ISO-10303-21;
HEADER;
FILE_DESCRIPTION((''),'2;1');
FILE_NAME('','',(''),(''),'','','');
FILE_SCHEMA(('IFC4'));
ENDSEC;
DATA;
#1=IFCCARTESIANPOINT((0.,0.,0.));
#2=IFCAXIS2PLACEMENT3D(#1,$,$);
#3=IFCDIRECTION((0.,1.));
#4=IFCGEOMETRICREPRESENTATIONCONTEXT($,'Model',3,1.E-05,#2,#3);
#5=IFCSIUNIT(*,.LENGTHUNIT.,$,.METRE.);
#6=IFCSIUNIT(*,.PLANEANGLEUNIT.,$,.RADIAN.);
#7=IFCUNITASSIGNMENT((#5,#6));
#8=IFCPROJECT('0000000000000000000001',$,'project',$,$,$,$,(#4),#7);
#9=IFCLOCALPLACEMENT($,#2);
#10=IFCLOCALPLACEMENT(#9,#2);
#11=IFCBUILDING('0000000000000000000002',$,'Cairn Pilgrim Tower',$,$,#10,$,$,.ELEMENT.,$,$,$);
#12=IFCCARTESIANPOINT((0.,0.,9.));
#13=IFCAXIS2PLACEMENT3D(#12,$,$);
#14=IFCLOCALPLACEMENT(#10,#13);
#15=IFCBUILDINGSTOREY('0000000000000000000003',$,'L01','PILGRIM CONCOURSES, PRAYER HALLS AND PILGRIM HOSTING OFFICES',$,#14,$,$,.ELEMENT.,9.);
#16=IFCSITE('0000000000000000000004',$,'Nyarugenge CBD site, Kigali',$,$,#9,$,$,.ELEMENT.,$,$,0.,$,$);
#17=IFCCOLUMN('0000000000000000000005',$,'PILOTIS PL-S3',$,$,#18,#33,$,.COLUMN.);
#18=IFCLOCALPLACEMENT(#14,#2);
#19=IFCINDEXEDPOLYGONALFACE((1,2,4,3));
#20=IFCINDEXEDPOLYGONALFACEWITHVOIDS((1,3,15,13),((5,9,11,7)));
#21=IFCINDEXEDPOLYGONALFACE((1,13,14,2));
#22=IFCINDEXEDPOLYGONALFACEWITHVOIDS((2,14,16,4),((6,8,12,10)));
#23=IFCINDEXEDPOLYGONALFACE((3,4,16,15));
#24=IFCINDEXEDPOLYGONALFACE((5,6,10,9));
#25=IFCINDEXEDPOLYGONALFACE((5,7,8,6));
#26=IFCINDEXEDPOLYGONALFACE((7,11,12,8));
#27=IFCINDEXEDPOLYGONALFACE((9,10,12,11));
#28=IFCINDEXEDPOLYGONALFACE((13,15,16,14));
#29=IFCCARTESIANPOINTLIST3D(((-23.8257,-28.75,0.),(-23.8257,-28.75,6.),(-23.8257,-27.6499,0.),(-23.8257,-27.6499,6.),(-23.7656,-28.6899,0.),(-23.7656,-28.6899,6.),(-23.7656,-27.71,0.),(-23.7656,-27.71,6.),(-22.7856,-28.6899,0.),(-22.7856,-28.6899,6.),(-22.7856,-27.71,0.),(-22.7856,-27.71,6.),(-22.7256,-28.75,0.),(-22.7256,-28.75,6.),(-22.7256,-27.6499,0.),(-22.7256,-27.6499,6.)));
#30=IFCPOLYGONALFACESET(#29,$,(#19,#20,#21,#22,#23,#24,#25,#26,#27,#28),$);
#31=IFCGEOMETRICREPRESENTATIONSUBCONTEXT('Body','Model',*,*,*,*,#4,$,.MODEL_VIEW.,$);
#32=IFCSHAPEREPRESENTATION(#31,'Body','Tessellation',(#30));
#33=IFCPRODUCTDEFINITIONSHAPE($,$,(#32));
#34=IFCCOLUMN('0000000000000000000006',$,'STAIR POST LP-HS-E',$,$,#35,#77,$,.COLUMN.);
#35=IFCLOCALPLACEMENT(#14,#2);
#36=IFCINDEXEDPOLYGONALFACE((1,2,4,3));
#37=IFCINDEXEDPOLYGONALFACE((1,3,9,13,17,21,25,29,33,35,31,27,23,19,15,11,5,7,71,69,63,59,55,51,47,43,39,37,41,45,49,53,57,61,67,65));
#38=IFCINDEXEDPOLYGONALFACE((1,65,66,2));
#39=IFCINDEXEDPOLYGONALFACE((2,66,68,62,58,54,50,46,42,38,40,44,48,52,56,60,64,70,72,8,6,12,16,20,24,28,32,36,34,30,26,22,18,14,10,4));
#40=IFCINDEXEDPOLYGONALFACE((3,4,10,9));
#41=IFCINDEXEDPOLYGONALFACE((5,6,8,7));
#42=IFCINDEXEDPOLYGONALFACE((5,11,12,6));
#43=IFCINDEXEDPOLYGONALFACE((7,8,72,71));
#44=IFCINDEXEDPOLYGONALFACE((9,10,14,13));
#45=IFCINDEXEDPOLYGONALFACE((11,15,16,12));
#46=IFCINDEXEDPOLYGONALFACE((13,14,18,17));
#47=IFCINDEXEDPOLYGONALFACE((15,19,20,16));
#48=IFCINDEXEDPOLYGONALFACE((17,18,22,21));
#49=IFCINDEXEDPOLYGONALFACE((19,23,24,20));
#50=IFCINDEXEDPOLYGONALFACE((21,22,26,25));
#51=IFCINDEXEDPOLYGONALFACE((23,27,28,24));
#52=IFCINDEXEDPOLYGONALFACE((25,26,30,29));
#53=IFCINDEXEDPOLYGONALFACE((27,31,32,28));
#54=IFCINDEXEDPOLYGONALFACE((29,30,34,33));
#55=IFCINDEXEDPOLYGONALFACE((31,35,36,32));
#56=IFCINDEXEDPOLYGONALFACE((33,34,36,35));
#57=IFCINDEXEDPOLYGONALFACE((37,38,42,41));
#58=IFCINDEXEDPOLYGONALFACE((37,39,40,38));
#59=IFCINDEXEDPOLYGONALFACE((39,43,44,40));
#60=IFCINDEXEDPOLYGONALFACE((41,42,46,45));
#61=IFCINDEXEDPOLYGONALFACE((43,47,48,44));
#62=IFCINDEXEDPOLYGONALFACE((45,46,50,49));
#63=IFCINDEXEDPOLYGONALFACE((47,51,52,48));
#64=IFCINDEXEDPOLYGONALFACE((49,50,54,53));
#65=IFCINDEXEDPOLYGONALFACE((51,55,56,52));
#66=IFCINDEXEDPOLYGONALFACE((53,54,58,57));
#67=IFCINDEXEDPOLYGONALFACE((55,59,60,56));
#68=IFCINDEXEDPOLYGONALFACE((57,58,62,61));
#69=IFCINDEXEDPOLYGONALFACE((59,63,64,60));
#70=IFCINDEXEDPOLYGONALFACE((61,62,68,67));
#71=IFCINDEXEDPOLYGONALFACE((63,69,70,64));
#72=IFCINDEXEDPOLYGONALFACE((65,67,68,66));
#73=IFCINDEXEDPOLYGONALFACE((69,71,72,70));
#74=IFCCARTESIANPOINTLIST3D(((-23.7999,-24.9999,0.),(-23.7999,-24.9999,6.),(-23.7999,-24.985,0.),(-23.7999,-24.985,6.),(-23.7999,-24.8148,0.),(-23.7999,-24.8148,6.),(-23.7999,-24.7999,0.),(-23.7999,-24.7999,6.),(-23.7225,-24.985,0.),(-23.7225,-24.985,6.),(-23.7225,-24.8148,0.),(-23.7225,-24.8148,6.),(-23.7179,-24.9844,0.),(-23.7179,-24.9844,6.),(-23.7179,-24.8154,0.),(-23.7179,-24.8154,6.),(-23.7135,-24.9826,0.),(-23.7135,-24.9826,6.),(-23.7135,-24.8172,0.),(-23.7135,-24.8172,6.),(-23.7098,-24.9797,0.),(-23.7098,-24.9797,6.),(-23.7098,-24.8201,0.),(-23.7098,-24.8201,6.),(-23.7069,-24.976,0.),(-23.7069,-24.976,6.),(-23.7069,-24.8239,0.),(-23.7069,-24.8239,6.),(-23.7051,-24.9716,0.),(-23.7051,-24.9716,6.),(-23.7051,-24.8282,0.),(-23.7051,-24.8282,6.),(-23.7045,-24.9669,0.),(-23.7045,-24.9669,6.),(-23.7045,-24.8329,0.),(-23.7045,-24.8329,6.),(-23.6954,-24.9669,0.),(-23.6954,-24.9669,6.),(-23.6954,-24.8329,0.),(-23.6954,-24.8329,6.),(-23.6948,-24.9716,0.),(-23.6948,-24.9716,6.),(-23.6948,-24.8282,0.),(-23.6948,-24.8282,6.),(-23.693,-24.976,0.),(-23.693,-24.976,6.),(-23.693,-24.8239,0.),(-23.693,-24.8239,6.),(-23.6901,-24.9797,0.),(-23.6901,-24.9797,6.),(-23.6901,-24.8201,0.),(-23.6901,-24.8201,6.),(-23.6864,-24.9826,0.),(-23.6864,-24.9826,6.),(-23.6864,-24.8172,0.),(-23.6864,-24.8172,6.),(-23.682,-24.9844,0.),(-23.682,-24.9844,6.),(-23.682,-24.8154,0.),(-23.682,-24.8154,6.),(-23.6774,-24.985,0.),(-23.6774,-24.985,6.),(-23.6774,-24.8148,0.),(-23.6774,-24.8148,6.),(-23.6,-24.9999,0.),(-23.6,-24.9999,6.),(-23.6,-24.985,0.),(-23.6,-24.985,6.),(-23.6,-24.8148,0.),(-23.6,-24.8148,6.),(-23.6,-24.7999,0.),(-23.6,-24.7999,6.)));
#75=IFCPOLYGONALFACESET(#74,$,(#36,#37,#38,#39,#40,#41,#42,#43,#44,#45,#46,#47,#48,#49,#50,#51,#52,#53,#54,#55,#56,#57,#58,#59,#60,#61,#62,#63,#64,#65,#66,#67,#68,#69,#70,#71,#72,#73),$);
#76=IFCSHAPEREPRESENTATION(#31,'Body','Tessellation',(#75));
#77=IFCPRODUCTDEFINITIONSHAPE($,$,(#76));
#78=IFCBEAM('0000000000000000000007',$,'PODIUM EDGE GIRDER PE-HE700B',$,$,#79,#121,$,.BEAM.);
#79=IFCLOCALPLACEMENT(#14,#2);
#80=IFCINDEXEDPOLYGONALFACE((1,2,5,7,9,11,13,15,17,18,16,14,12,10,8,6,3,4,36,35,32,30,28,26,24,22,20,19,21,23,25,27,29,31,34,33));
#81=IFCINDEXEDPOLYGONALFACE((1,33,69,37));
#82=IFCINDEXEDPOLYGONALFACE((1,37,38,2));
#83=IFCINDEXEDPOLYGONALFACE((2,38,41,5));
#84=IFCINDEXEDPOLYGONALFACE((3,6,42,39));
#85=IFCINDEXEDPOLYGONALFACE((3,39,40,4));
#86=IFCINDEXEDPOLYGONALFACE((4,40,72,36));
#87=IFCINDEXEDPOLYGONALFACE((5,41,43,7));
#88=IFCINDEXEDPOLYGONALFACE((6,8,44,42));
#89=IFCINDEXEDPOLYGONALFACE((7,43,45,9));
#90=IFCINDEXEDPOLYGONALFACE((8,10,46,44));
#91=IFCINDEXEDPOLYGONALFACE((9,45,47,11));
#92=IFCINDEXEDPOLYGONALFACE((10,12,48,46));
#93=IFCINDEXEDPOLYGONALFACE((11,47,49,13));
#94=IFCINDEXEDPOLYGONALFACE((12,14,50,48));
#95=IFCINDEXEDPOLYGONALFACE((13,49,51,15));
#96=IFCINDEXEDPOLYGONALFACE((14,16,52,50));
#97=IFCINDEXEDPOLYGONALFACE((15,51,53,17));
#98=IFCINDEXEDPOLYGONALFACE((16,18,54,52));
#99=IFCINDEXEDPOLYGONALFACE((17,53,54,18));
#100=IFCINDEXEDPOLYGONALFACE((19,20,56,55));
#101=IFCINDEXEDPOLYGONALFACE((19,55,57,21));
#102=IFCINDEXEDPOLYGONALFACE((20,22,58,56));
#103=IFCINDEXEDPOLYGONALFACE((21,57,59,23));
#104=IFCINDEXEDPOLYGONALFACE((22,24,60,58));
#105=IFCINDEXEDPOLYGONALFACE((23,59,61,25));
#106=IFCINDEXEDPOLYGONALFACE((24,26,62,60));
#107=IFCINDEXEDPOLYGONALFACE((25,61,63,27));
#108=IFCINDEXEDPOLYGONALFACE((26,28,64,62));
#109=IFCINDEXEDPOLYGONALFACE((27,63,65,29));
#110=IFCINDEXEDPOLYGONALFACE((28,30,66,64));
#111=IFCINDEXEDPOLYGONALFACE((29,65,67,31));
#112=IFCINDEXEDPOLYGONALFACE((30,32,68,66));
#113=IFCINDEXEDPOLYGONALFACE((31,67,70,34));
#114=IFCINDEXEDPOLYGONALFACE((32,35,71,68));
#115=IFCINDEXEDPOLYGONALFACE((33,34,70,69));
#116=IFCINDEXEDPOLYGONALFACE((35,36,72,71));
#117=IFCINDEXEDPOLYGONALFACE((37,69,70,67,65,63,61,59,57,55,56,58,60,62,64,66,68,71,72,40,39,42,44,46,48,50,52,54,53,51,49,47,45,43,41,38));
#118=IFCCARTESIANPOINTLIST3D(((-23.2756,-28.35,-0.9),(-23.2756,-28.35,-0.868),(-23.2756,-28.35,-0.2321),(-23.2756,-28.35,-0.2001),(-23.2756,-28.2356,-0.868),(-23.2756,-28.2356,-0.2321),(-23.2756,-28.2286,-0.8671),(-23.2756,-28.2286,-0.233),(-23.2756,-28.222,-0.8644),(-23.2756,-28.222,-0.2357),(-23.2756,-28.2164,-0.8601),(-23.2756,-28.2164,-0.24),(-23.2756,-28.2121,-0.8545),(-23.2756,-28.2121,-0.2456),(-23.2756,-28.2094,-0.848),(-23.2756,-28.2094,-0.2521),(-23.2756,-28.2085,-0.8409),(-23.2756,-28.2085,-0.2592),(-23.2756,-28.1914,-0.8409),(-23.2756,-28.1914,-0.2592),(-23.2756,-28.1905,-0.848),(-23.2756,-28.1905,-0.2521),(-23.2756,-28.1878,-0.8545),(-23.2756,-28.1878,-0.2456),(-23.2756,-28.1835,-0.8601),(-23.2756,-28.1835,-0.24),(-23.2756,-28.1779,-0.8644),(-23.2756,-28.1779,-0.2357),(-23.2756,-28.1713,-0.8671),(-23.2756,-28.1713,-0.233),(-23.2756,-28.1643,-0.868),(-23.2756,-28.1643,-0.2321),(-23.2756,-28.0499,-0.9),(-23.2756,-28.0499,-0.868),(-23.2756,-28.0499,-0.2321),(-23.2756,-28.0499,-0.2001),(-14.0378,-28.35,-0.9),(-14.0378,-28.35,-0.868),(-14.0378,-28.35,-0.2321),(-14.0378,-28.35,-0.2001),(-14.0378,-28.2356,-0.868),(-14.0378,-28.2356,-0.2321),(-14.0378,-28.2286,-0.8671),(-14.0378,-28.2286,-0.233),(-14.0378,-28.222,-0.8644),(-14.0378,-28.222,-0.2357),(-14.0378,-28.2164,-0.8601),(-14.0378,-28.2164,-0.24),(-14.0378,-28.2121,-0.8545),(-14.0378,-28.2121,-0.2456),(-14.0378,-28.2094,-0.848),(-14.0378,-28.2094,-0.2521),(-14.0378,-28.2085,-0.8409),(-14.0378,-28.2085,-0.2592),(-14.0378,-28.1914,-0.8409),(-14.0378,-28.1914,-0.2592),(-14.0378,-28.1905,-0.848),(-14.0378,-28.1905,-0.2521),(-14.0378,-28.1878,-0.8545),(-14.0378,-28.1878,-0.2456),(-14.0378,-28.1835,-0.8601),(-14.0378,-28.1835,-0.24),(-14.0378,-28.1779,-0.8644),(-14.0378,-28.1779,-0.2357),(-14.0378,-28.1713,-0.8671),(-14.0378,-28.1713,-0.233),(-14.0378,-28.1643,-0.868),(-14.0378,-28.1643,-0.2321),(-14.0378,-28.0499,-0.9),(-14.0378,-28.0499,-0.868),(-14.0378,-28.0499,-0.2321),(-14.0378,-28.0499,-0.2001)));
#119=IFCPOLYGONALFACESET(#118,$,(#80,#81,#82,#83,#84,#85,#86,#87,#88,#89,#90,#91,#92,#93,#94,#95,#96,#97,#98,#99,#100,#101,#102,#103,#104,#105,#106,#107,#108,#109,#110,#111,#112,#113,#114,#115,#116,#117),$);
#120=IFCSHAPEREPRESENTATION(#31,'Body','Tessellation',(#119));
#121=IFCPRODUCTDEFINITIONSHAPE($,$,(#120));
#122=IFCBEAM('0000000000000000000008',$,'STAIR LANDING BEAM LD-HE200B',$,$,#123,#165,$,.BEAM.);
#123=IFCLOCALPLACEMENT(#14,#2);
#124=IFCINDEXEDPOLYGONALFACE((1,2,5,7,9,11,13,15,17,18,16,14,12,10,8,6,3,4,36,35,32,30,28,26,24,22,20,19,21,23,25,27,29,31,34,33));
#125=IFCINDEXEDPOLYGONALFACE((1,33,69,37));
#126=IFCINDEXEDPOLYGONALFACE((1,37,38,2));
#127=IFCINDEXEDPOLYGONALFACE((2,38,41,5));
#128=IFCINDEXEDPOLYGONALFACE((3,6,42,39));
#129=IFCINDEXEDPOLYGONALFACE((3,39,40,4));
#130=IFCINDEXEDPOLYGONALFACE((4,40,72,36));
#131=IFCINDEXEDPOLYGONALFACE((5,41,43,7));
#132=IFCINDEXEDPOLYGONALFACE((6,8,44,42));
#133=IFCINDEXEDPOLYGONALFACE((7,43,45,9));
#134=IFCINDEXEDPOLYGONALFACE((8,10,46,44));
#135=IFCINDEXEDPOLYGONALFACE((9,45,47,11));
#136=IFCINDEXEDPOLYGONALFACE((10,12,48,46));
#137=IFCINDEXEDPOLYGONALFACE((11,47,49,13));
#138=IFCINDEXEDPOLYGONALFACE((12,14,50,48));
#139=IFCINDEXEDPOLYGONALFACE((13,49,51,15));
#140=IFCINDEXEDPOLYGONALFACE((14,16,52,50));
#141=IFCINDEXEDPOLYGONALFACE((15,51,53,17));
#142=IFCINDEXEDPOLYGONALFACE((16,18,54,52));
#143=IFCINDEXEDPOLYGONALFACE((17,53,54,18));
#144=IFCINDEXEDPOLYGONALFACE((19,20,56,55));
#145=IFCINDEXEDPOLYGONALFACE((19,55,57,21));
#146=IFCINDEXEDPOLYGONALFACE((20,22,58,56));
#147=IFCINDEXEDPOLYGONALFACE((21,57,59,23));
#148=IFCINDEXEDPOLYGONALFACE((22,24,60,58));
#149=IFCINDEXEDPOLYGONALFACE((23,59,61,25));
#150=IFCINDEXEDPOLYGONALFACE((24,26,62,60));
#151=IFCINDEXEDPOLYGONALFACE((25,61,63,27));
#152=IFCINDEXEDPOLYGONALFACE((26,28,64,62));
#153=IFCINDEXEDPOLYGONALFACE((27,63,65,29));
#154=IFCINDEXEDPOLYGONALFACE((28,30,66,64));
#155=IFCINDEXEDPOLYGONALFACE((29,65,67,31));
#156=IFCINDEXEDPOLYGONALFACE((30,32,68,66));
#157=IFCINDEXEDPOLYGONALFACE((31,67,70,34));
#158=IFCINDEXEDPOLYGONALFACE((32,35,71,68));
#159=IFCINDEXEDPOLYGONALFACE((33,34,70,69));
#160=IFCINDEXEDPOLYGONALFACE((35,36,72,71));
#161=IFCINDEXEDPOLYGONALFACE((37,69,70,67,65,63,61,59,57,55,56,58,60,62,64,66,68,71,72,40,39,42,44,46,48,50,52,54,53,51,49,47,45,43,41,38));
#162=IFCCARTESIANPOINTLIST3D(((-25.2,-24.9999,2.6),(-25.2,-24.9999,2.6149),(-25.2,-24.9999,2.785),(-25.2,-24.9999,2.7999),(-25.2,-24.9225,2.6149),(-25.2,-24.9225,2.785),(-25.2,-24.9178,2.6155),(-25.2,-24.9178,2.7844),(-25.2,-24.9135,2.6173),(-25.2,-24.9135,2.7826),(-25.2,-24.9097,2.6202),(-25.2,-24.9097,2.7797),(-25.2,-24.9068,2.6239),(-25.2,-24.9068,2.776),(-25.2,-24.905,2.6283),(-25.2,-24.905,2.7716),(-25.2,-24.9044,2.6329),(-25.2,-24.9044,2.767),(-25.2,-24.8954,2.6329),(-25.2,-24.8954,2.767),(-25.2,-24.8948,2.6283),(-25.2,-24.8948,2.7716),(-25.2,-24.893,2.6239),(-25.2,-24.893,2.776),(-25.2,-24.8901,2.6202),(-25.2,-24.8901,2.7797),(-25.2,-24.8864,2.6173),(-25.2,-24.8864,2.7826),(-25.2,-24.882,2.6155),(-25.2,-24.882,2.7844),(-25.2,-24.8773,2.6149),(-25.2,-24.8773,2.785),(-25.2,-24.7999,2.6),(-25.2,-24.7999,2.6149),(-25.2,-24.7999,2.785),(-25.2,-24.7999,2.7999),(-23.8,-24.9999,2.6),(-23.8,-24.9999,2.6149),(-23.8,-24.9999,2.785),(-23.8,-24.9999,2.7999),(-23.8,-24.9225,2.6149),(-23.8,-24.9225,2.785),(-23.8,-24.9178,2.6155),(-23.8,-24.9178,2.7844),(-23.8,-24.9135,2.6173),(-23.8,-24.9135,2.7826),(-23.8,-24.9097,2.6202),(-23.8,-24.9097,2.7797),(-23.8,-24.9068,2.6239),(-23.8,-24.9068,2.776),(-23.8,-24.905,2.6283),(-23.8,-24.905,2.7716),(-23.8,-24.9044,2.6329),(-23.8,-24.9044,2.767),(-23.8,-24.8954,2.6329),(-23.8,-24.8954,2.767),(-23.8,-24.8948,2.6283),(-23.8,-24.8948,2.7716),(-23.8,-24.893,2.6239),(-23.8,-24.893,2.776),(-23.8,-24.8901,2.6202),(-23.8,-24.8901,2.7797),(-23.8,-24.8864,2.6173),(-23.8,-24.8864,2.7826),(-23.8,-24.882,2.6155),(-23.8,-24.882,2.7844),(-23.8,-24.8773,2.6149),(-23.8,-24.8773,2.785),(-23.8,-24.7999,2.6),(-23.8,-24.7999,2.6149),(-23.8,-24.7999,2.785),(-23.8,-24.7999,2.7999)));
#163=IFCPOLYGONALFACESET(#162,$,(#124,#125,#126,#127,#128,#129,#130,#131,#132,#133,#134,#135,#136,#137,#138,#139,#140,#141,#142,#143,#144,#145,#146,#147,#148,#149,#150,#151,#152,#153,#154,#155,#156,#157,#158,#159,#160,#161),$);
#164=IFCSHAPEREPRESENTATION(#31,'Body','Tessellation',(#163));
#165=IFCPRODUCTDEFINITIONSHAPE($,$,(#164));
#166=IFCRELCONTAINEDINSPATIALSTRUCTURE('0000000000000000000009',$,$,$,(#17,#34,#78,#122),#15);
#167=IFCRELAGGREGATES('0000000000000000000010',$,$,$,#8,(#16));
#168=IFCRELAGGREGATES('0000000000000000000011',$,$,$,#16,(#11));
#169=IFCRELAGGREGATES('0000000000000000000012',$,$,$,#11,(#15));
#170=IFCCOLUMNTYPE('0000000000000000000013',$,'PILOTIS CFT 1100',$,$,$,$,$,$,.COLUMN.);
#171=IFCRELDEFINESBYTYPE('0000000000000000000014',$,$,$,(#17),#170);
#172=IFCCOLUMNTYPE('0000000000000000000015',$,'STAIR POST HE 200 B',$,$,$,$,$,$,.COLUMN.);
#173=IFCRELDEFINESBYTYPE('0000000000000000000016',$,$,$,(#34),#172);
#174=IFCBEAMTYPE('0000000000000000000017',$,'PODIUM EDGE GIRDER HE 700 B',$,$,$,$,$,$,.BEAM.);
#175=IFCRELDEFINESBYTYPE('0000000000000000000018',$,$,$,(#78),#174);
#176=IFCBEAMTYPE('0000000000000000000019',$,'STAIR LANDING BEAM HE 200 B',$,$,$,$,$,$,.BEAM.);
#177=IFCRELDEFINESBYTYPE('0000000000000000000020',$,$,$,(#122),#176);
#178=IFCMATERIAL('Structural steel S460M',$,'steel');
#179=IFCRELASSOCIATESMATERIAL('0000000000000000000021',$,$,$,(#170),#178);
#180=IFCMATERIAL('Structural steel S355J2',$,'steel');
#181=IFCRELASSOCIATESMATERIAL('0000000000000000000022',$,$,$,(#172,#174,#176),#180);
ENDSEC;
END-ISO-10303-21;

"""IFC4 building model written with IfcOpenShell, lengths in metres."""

from ifc_helpers import new_model, si_unit, direction, frame, origin, origin_2d, place, context, subcontext, project, spatial, hollow_rectangle, i_section, extrude, material, material_profile, profile_set, type_object, element, save


model = new_model("IFC4")

# Units and contexts
model_context = context("Model", 3, precision=1e-05, world=origin(), true_north=direction((0.0, 1.0)))
body_context = subcontext(model_context, "Body", "Model", "MODEL_VIEW")
ifc_project = project(units=[si_unit("LENGTHUNIT", "METRE"), si_unit("PLANEANGLEUNIT", "RADIAN")], contexts=[model_context])

# Site, building, storey
site_placement = place(None, origin())
site = spatial("IfcSite", under=ifc_project, at=site_placement, Name="Nyarugenge CBD site, Kigali", CompositionType="ELEMENT", RefElevation=0.0)
building_placement = place(site_placement, origin())
building = spatial("IfcBuilding", under=site, at=building_placement, Name="Cairn Pilgrim Tower", CompositionType="ELEMENT")
storey_placement = place(building_placement, frame((0.0, 0.0, 9.0)))
storey = spatial("IfcBuildingStorey", under=building, at=storey_placement, Name="L01", Description="PILGRIM CONCOURSES, PRAYER HALLS AND PILGRIM HOSTING OFFICES", CompositionType="ELEMENT", Elevation=9.0)

# Columns
ifc_material_1 = material(Name="Structural steel S460M", Category="steel")
ifc_material_profile_1 = material_profile(ifc_material_1, hollow_rectangle(XDim=1.1001, YDim=1.1001, WallThickness=0.0601, at=origin_2d()), Name="BOX 1100x1100x60")
ifc_profile_set_1 = profile_set([ifc_material_profile_1], Name="Structural steel S460M")
column_type_1 = type_object("IfcColumnType", Name="PILOTIS CFT 1100", PredefinedType="COLUMN", material=ifc_profile_set_1)
column_1_placement = place(storey_placement, frame((-23.2756, -28.2, 0.0), z_axis=(0.0, 0.0, 1.0), x_axis=(1.0, 0.0, 0.0)))
element("IfcColumn", 1, at=column_1_placement, inside=storey, type_object=column_type_1, Name="PILOTIS PL-S3", PredefinedType="COLUMN", context=body_context, shape_type="SweptSolid", body=[
    extrude(hollow_rectangle(XDim=1.1001, YDim=1.1001, WallThickness=0.0601, at=origin_2d()), origin(), (0.0, 0.0, 1.0), 6.0),
])
ifc_material_2 = material(Name="Structural steel S355J2", Category="steel")
ifc_material_profile_2 = material_profile(ifc_material_2, i_section(OverallWidth=0.2, OverallDepth=0.2, WebThickness=0.009, FlangeThickness=0.0149, FilletRadius=0.0181, at=origin_2d()), Name="HE 200 B")
ifc_profile_set_2 = profile_set([ifc_material_profile_2], Name="Structural steel S355J2")
column_type_2 = type_object("IfcColumnType", Name="STAIR POST HE 200 B", PredefinedType="COLUMN", material=ifc_profile_set_2)
column_2_placement = place(storey_placement, frame((-23.7, -24.8999, 0.0), z_axis=(0.0, 0.0, 1.0), x_axis=(1.0, 0.0, 0.0)))
element("IfcColumn", 2, at=column_2_placement, inside=storey, type_object=column_type_2, Name="STAIR POST LP-HS-E", PredefinedType="COLUMN", context=body_context, shape_type="SweptSolid", body=[
    extrude(i_section(OverallWidth=0.2, OverallDepth=0.2, WebThickness=0.009, FlangeThickness=0.0149, FilletRadius=0.0181, at=origin_2d()), origin(), (0.0, 0.0, 1.0), 6.0),
])

# Beams
ifc_material_profile_3 = material_profile(ifc_material_2, i_section(OverallWidth=0.3, OverallDepth=0.7, WebThickness=0.0171, FlangeThickness=0.032, FilletRadius=0.0271, at=origin_2d()), Name="HEB 700")
ifc_profile_set_3 = profile_set([ifc_material_profile_3], Name="Structural steel S355J2")
beam_type_1 = type_object("IfcBeamType", Name="PODIUM EDGE GIRDER HE 700 B", PredefinedType="BEAM", material=ifc_profile_set_3)
beam_1_placement = place(storey_placement, frame((-23.2756, -28.2, -0.55), z_axis=(1.0, 0.0, 0.0), x_axis=(0.0, 1.0, 0.0)))
element("IfcBeam", 3, at=beam_1_placement, inside=storey, type_object=beam_type_1, Name="PODIUM EDGE GIRDER PE-HE700B", PredefinedType="BEAM", context=body_context, shape_type="SweptSolid", body=[
    extrude(i_section(OverallWidth=0.3, OverallDepth=0.7, WebThickness=0.0171, FlangeThickness=0.032, FilletRadius=0.0271, at=origin_2d()), origin(), (0.0, 0.0, 1.0), 9.2378),
])
ifc_material_profile_4 = material_profile(ifc_material_2, i_section(OverallWidth=0.2, OverallDepth=0.2, WebThickness=0.009, FlangeThickness=0.0149, FilletRadius=0.0181, at=origin_2d()), Name="HE 200 B")
ifc_profile_set_4 = profile_set([ifc_material_profile_4], Name="Structural steel S355J2")
beam_type_2 = type_object("IfcBeamType", Name="STAIR LANDING BEAM HE 200 B", PredefinedType="BEAM", material=ifc_profile_set_4)
beam_2_placement = place(storey_placement, frame((-23.8, -24.8999, 2.7), z_axis=(-1.0, 0.0, 0.0), x_axis=(0.0, -1.0, 0.0)))
element("IfcBeam", 4, at=beam_2_placement, inside=storey, type_object=beam_type_2, Name="STAIR LANDING BEAM LD-HE200B", PredefinedType="BEAM", context=body_context, shape_type="SweptSolid", body=[
    extrude(i_section(OverallWidth=0.2, OverallDepth=0.2, WebThickness=0.009, FlangeThickness=0.0149, FilletRadius=0.0181, at=origin_2d()), origin(), (0.0, 0.0, 1.0), 1.3999),
])

save(model, "model.ifc")
